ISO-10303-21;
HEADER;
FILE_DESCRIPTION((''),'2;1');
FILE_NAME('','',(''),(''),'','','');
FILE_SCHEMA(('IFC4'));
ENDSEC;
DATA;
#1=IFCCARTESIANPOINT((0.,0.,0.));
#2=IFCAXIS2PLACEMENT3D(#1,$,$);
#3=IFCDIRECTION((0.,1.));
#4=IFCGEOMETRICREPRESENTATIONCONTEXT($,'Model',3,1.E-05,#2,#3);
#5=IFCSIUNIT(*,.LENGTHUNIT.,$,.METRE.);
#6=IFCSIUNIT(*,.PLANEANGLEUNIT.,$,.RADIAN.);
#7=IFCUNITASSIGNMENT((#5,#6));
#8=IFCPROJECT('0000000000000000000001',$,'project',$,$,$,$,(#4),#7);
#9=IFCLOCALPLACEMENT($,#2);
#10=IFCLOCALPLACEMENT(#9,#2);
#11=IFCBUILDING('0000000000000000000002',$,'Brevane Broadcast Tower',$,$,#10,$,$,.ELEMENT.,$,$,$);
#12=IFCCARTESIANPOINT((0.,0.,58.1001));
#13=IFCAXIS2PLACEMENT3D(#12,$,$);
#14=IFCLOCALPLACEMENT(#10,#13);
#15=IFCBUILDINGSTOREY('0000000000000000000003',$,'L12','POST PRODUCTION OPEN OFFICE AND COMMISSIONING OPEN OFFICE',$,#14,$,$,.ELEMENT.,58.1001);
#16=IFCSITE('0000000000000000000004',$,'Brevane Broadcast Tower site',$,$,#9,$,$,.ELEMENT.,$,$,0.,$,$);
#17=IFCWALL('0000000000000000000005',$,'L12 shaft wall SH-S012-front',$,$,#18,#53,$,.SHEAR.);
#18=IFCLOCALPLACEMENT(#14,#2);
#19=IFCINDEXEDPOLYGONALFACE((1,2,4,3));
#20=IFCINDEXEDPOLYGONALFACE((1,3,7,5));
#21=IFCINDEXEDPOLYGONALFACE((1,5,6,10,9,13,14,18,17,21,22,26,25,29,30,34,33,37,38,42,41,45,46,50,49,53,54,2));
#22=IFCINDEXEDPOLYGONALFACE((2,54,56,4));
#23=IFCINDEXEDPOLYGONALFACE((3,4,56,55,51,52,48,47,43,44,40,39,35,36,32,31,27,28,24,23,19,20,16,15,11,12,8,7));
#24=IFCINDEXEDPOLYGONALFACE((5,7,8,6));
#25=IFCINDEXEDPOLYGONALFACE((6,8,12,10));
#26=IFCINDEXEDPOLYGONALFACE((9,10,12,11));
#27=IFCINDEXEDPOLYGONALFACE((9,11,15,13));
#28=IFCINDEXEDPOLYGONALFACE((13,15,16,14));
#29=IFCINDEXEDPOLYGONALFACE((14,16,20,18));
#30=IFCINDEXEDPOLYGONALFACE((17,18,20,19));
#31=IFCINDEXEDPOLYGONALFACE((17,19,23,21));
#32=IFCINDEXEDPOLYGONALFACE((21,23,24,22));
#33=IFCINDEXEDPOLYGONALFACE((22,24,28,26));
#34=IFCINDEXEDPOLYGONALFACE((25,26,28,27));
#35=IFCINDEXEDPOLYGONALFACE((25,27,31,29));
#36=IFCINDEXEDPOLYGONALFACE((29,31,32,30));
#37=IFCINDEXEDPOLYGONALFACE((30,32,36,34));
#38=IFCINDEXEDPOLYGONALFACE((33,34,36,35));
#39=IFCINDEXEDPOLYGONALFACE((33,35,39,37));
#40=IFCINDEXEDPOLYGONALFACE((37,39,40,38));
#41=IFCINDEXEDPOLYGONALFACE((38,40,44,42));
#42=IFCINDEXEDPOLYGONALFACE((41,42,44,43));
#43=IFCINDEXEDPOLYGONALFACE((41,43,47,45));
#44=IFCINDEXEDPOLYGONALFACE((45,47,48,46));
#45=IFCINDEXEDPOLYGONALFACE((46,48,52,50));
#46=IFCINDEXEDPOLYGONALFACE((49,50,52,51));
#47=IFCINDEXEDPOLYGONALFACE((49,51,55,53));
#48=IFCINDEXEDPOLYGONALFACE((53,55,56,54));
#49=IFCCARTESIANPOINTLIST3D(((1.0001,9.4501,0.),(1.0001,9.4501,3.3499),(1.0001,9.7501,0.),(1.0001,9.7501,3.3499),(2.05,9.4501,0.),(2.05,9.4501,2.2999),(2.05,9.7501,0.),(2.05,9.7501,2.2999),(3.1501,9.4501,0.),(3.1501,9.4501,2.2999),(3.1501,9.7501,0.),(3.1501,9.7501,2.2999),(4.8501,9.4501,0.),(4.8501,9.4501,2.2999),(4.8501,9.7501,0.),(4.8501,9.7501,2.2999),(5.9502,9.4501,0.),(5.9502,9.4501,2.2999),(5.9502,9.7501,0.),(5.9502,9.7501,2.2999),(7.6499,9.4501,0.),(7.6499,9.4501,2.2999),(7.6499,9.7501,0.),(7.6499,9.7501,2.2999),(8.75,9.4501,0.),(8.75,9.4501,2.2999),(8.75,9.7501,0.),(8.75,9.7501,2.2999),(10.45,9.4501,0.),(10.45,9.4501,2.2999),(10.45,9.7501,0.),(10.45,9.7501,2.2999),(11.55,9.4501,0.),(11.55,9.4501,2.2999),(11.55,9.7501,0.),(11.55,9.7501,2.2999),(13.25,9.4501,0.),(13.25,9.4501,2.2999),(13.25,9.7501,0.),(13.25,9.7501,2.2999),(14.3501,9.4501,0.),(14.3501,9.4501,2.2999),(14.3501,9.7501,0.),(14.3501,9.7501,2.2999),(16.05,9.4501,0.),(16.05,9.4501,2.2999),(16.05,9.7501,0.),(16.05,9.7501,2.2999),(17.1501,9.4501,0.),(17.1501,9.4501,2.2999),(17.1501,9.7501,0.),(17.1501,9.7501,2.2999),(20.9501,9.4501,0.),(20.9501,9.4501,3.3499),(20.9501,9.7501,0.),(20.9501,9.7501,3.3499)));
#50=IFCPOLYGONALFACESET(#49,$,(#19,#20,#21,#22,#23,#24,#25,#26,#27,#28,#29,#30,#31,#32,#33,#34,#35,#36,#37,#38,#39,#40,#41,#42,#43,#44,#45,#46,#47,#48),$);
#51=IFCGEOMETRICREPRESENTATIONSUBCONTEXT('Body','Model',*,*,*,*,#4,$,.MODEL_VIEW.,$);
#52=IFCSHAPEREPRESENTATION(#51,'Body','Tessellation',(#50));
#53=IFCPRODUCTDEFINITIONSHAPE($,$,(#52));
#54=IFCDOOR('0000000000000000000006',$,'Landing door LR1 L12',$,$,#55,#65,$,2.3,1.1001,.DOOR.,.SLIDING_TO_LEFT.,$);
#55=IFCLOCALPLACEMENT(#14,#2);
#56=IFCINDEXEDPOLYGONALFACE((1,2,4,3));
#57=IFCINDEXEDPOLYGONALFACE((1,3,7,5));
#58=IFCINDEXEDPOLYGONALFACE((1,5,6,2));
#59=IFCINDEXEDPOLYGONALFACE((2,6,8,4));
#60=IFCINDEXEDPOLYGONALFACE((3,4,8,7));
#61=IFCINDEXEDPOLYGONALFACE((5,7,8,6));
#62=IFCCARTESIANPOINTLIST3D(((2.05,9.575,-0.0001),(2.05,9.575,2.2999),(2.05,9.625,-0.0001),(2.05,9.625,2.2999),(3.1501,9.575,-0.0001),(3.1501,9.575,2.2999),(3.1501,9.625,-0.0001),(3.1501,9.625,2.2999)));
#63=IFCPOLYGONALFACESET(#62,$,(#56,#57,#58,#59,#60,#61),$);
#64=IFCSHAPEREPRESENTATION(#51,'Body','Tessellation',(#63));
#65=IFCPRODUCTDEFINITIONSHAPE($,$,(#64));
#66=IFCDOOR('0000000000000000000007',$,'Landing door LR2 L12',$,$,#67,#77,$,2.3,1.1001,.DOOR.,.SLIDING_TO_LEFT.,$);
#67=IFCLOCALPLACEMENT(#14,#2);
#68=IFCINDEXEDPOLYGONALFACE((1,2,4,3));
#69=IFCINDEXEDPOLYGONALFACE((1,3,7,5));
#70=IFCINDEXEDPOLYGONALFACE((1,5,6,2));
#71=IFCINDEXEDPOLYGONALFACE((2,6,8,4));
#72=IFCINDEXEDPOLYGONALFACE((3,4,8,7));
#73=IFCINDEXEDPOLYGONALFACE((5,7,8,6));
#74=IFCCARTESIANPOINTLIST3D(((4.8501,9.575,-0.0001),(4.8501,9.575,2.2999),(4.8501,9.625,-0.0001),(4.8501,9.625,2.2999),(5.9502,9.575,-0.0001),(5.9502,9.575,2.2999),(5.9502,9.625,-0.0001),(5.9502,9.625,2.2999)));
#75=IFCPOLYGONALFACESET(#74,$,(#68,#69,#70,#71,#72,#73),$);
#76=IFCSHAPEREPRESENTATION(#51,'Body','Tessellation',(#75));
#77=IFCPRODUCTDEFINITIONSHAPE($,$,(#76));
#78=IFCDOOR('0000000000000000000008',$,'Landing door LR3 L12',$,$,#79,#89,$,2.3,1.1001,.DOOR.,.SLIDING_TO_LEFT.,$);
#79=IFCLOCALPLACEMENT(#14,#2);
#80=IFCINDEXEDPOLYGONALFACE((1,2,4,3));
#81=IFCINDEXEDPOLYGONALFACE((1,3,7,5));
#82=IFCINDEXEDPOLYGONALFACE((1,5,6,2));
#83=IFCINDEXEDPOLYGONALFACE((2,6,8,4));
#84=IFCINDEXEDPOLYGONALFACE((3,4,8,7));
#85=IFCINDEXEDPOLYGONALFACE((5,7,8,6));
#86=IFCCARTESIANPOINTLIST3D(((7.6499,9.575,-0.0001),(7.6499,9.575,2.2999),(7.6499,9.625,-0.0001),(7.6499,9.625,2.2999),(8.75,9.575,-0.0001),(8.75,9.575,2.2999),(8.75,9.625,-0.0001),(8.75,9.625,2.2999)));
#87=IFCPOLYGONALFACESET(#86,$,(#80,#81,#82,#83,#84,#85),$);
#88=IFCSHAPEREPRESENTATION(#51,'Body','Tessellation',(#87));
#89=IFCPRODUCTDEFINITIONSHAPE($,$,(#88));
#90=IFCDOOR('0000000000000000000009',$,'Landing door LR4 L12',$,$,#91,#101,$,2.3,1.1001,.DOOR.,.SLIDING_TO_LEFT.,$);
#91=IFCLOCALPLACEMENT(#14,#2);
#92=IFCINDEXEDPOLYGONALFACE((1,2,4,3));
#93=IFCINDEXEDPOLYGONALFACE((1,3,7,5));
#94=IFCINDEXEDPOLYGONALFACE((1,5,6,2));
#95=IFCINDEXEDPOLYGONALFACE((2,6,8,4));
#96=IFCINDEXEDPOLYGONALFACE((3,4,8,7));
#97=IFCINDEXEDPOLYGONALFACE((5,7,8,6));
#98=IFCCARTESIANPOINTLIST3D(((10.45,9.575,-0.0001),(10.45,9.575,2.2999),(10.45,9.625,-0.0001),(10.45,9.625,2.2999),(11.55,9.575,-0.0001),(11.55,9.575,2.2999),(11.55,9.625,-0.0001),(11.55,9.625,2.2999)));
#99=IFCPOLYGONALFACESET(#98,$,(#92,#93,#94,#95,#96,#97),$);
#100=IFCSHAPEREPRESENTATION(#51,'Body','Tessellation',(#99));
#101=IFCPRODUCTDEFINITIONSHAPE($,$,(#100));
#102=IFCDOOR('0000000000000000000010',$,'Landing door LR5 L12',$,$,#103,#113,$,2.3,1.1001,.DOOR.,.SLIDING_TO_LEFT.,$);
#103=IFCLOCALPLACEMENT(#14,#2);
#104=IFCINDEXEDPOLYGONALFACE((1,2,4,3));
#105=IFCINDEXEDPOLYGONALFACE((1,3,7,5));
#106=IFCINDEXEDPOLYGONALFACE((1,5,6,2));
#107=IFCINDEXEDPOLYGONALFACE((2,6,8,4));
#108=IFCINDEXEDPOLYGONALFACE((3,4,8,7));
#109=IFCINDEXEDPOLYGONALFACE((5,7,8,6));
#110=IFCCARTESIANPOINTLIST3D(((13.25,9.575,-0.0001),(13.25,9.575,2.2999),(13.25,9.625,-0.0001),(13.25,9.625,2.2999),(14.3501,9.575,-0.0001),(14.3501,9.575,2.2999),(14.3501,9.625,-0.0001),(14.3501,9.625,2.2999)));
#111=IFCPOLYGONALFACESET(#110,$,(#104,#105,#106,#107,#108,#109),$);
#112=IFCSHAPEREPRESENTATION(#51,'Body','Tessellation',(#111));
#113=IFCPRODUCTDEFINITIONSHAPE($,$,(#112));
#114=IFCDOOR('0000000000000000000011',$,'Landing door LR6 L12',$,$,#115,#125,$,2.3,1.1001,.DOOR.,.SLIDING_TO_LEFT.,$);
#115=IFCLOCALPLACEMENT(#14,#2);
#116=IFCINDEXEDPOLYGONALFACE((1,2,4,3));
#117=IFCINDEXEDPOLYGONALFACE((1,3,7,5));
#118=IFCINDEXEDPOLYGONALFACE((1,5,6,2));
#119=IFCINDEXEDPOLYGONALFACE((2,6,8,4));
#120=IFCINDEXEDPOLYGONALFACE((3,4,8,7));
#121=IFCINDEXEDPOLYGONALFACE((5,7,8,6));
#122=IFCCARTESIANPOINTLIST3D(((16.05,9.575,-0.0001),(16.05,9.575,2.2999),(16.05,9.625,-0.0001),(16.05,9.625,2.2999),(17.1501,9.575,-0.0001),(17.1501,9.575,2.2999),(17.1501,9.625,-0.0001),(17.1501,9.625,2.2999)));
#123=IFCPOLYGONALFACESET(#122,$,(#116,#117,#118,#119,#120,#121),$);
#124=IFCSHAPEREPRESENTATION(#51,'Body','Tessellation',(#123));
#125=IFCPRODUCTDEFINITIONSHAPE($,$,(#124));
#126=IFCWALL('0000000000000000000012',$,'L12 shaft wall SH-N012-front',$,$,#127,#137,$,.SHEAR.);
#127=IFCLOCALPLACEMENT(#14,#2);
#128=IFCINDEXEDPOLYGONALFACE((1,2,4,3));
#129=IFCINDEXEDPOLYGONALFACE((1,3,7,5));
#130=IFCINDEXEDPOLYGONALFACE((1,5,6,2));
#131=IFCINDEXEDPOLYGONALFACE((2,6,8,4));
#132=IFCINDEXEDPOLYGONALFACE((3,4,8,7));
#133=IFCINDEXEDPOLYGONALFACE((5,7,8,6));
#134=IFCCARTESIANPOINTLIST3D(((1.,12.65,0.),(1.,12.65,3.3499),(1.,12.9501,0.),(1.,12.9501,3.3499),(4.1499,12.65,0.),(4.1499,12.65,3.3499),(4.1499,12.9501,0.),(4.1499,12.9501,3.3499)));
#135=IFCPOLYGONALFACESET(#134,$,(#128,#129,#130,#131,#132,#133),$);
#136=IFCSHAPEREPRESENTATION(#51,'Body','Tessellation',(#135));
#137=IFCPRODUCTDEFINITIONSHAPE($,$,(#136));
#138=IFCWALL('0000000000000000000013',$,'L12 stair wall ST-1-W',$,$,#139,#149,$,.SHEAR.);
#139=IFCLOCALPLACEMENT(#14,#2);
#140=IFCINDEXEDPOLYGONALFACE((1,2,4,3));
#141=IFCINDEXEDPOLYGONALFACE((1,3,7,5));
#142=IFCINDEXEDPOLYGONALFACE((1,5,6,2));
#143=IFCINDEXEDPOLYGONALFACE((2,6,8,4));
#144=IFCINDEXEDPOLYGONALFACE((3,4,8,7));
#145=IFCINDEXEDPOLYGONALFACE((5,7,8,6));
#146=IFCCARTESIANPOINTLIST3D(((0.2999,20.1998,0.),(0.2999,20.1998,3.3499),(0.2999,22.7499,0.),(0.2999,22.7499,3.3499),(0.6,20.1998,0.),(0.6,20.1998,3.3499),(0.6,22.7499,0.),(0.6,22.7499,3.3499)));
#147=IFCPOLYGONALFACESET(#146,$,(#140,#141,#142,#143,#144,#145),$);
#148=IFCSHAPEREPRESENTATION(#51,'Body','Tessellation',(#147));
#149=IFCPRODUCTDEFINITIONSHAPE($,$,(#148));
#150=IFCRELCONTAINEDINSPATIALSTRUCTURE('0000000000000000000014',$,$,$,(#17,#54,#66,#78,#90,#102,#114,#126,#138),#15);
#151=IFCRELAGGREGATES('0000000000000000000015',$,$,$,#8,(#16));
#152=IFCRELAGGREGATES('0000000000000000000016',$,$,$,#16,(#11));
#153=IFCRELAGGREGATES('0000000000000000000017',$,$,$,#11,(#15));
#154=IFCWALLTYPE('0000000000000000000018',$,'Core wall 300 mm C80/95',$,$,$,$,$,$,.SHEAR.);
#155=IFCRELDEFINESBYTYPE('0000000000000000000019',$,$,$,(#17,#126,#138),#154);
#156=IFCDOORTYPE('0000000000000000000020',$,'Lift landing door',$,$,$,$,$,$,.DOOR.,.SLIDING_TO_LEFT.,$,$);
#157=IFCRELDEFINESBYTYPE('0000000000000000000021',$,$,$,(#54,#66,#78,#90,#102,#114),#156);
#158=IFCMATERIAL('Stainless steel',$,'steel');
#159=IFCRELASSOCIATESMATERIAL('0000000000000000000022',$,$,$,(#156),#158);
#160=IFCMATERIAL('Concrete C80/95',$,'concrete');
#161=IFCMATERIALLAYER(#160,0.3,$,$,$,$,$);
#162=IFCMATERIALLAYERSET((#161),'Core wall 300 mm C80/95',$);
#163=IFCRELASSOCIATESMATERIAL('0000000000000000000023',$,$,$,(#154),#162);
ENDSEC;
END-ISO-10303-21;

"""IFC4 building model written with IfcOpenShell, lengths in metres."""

from ifc_helpers import new_model, si_unit, direction, frame, frame_2d, origin, place, context, subcontext, project, spatial, rectangle, extrude, material, layer, layer_set, type_object, element, fill, save


model = new_model("IFC4")

# Units and contexts
model_context = context("Model", 3, precision=1e-05, world=origin(), true_north=direction((0.0, 1.0)))
body_context = subcontext(model_context, "Body", "Model", "MODEL_VIEW")
ifc_project = project(units=[si_unit("LENGTHUNIT", "METRE"), si_unit("PLANEANGLEUNIT", "RADIAN")], contexts=[model_context])

# Site, building, storey
site_placement = place(None, origin())
site = spatial("IfcSite", under=ifc_project, at=site_placement, Name="Brevane Broadcast Tower site", CompositionType="ELEMENT", RefElevation=0.0)
building_placement = place(site_placement, origin())
building = spatial("IfcBuilding", under=site, at=building_placement, Name="Brevane Broadcast Tower", CompositionType="ELEMENT")
storey_placement = place(building_placement, frame((0.0, 0.0, 58.1001)))
storey = spatial("IfcBuildingStorey", under=building, at=storey_placement, Name="L12", Description="POST PRODUCTION OPEN OFFICE AND COMMISSIONING OPEN OFFICE", CompositionType="ELEMENT", Elevation=58.1001)

# Shared definitions
ifc_material_1 = material(Name="Concrete C80/95", Category="concrete")
ifc_material_2 = material(Name="Stainless steel", Category="steel")
door_type = type_object("IfcDoorType", Name="Lift landing door", OperationType="SLIDING_TO_LEFT", PredefinedType="DOOR", material=ifc_material_2)

# Wall, openings, doors
ifc_layer_1 = layer(ifc_material_1, 0.3)
ifc_layer_set_1 = layer_set([ifc_layer_1], Name="Core wall 300 mm C80/95")
wall_type_1 = type_object("IfcWallType", Name="Core wall 300 mm C80/95", PredefinedType="SHEAR", material=ifc_layer_set_1)
wall_1_placement = place(storey_placement, frame((1.0, 9.6001, 0.0), z_axis=(0.0, 0.0, 1.0), x_axis=(1.0, 0.0, 0.0)))
wall_1 = element("IfcWall", 1, at=wall_1_placement, inside=storey, type_object=wall_type_1, Name="L12 shaft wall SH-S012-front", PredefinedType="SHEAR", context=body_context, shape_type="SweptSolid", body=[
    extrude(rectangle(XDim=19.95, YDim=0.3, at=frame_2d((9.9751, 0.0))), origin(), (0.0, 0.0, 1.0), 3.3499),
])
opening_1_placement = place(wall_1_placement, frame((1.05, 0.0, 0.0)))
opening_1 = element("IfcOpeningElement", 2, at=opening_1_placement, cuts=wall_1, PredefinedType="OPENING", context=body_context, shape_type="SweptSolid", body=[
    extrude(rectangle(XDim=1.1001, YDim=2.3, at=frame_2d((0.55, 1.1499))), frame((0.0, 0.1599, 0.0), z_axis=(0.0, -1.0, 0.0), x_axis=(1.0, 0.0, 0.0)), (0.0, 0.0, 1.0), 0.3201),
])
opening_2_placement = place(wall_1_placement, frame((3.8501, 0.0, 0.0)))
opening_2 = element("IfcOpeningElement", 3, at=opening_2_placement, cuts=wall_1, PredefinedType="OPENING", context=body_context, shape_type="SweptSolid", body=[
    extrude(rectangle(XDim=1.1001, YDim=2.3, at=frame_2d((0.55, 1.1499))), frame((0.0, 0.1599, 0.0), z_axis=(0.0, -1.0, 0.0), x_axis=(1.0, 0.0, 0.0)), (0.0, 0.0, 1.0), 0.3201),
])
opening_3_placement = place(wall_1_placement, frame((6.6499, 0.0, 0.0)))
opening_3 = element("IfcOpeningElement", 4, at=opening_3_placement, cuts=wall_1, PredefinedType="OPENING", context=body_context, shape_type="SweptSolid", body=[
    extrude(rectangle(XDim=1.1001, YDim=2.3, at=frame_2d((0.55, 1.1499))), frame((0.0, 0.1599, 0.0), z_axis=(0.0, -1.0, 0.0), x_axis=(1.0, 0.0, 0.0)), (0.0, 0.0, 1.0), 0.3201),
])
opening_4_placement = place(wall_1_placement, frame((9.45, 0.0, 0.0)))
opening_4 = element("IfcOpeningElement", 5, at=opening_4_placement, cuts=wall_1, PredefinedType="OPENING", context=body_context, shape_type="SweptSolid", body=[
    extrude(rectangle(XDim=1.1001, YDim=2.3, at=frame_2d((0.55, 1.1499))), frame((0.0, 0.1599, 0.0), z_axis=(0.0, -1.0, 0.0), x_axis=(1.0, 0.0, 0.0)), (0.0, 0.0, 1.0), 0.3201),
])
opening_5_placement = place(wall_1_placement, frame((12.25, 0.0, 0.0)))
opening_5 = element("IfcOpeningElement", 6, at=opening_5_placement, cuts=wall_1, PredefinedType="OPENING", context=body_context, shape_type="SweptSolid", body=[
    extrude(rectangle(XDim=1.1001, YDim=2.3, at=frame_2d((0.55, 1.1499))), frame((0.0, 0.1599, 0.0), z_axis=(0.0, -1.0, 0.0), x_axis=(1.0, 0.0, 0.0)), (0.0, 0.0, 1.0), 0.3201),
])
opening_6_placement = place(wall_1_placement, frame((15.05, 0.0, 0.0)))
opening_6 = element("IfcOpeningElement", 7, at=opening_6_placement, cuts=wall_1, PredefinedType="OPENING", context=body_context, shape_type="SweptSolid", body=[
    extrude(rectangle(XDim=1.1001, YDim=2.3, at=frame_2d((0.55, 1.1499))), frame((0.0, 0.1599, 0.0), z_axis=(0.0, -1.0, 0.0), x_axis=(1.0, 0.0, 0.0)), (0.0, 0.0, 1.0), 0.3201),
])
door_1_placement = place(opening_1_placement, origin())
door_1 = element("IfcDoor", 8, at=door_1_placement, inside=storey, type_object=door_type, Name="Landing door LR1 L12", OperationType="SLIDING_TO_LEFT", OverallHeight=2.3, OverallWidth=1.1001, PredefinedType="DOOR", context=body_context, shape_type="SweptSolid", body=[
    extrude(rectangle(XDim=1.1001, YDim=2.3, at=frame_2d((0.55, 1.1499))), frame((0.0, 0.0249, 0.0), z_axis=(0.0, -1.0, 0.0), x_axis=(1.0, 0.0, 0.0)), (0.0, 0.0, 1.0), 0.05),
])
fill(opening_1, door_1)
door_2_placement = place(opening_2_placement, origin())
door_2 = element("IfcDoor", 9, at=door_2_placement, inside=storey, type_object=door_type, Name="Landing door LR2 L12", OperationType="SLIDING_TO_LEFT", OverallHeight=2.3, OverallWidth=1.1001, PredefinedType="DOOR", context=body_context, shape_type="SweptSolid", body=[
    extrude(rectangle(XDim=1.1001, YDim=2.3, at=frame_2d((0.55, 1.1499))), frame((0.0, 0.0249, 0.0), z_axis=(0.0, -1.0, 0.0), x_axis=(1.0, 0.0, 0.0)), (0.0, 0.0, 1.0), 0.05),
])
fill(opening_2, door_2)
door_3_placement = place(opening_3_placement, origin())
door_3 = element("IfcDoor", 10, at=door_3_placement, inside=storey, type_object=door_type, Name="Landing door LR3 L12", OperationType="SLIDING_TO_LEFT", OverallHeight=2.3, OverallWidth=1.1001, PredefinedType="DOOR", context=body_context, shape_type="SweptSolid", body=[
    extrude(rectangle(XDim=1.1001, YDim=2.3, at=frame_2d((0.55, 1.1499))), frame((0.0, 0.0249, 0.0), z_axis=(0.0, -1.0, 0.0), x_axis=(1.0, 0.0, 0.0)), (0.0, 0.0, 1.0), 0.05),
])
fill(opening_3, door_3)
door_4_placement = place(opening_4_placement, origin())
door_4 = element("IfcDoor", 11, at=door_4_placement, inside=storey, type_object=door_type, Name="Landing door LR4 L12", OperationType="SLIDING_TO_LEFT", OverallHeight=2.3, OverallWidth=1.1001, PredefinedType="DOOR", context=body_context, shape_type="SweptSolid", body=[
    extrude(rectangle(XDim=1.1001, YDim=2.3, at=frame_2d((0.55, 1.1499))), frame((0.0, 0.0249, 0.0), z_axis=(0.0, -1.0, 0.0), x_axis=(1.0, 0.0, 0.0)), (0.0, 0.0, 1.0), 0.05),
])
fill(opening_4, door_4)
door_5_placement = place(opening_5_placement, origin())
door_5 = element("IfcDoor", 12, at=door_5_placement, inside=storey, type_object=door_type, Name="Landing door LR5 L12", OperationType="SLIDING_TO_LEFT", OverallHeight=2.3, OverallWidth=1.1001, PredefinedType="DOOR", context=body_context, shape_type="SweptSolid", body=[
    extrude(rectangle(XDim=1.1001, YDim=2.3, at=frame_2d((0.55, 1.1499))), frame((0.0, 0.0249, 0.0), z_axis=(0.0, -1.0, 0.0), x_axis=(1.0, 0.0, 0.0)), (0.0, 0.0, 1.0), 0.05),
])
fill(opening_5, door_5)
door_6_placement = place(opening_6_placement, origin())
door_6 = element("IfcDoor", 13, at=door_6_placement, inside=storey, type_object=door_type, Name="Landing door LR6 L12", OperationType="SLIDING_TO_LEFT", OverallHeight=2.3, OverallWidth=1.1001, PredefinedType="DOOR", context=body_context, shape_type="SweptSolid", body=[
    extrude(rectangle(XDim=1.1001, YDim=2.3, at=frame_2d((0.55, 1.1499))), frame((0.0, 0.0249, 0.0), z_axis=(0.0, -1.0, 0.0), x_axis=(1.0, 0.0, 0.0)), (0.0, 0.0, 1.0), 0.05),
])
fill(opening_6, door_6)

# Walls
wall_2_placement = place(storey_placement, frame((1.0, 12.8, 0.0), z_axis=(0.0, 0.0, 1.0), x_axis=(1.0, 0.0, 0.0)))
element("IfcWall", 14, at=wall_2_placement, inside=storey, type_object=wall_type_1, Name="L12 shaft wall SH-N012-front", PredefinedType="SHEAR", context=body_context, shape_type="SweptSolid", body=[
    extrude(rectangle(XDim=3.1499, YDim=0.3, at=frame_2d((1.575, 0.0))), origin(), (0.0, 0.0, 1.0), 3.3499),
])
wall_3_placement = place(storey_placement, frame((0.45, 20.2, 0.0), z_axis=(0.0, 0.0, 1.0), x_axis=(0.0, 1.0, 0.0)))
element("IfcWall", 15, at=wall_3_placement, inside=storey, type_object=wall_type_1, Name="L12 stair wall ST-1-W", PredefinedType="SHEAR", context=body_context, shape_type="SweptSolid", body=[
    extrude(rectangle(XDim=2.55, YDim=0.3, at=frame_2d((1.2749, 0.0))), origin(), (0.0, 0.0, 1.0), 3.3499),
])

save(model, "model.ifc")
